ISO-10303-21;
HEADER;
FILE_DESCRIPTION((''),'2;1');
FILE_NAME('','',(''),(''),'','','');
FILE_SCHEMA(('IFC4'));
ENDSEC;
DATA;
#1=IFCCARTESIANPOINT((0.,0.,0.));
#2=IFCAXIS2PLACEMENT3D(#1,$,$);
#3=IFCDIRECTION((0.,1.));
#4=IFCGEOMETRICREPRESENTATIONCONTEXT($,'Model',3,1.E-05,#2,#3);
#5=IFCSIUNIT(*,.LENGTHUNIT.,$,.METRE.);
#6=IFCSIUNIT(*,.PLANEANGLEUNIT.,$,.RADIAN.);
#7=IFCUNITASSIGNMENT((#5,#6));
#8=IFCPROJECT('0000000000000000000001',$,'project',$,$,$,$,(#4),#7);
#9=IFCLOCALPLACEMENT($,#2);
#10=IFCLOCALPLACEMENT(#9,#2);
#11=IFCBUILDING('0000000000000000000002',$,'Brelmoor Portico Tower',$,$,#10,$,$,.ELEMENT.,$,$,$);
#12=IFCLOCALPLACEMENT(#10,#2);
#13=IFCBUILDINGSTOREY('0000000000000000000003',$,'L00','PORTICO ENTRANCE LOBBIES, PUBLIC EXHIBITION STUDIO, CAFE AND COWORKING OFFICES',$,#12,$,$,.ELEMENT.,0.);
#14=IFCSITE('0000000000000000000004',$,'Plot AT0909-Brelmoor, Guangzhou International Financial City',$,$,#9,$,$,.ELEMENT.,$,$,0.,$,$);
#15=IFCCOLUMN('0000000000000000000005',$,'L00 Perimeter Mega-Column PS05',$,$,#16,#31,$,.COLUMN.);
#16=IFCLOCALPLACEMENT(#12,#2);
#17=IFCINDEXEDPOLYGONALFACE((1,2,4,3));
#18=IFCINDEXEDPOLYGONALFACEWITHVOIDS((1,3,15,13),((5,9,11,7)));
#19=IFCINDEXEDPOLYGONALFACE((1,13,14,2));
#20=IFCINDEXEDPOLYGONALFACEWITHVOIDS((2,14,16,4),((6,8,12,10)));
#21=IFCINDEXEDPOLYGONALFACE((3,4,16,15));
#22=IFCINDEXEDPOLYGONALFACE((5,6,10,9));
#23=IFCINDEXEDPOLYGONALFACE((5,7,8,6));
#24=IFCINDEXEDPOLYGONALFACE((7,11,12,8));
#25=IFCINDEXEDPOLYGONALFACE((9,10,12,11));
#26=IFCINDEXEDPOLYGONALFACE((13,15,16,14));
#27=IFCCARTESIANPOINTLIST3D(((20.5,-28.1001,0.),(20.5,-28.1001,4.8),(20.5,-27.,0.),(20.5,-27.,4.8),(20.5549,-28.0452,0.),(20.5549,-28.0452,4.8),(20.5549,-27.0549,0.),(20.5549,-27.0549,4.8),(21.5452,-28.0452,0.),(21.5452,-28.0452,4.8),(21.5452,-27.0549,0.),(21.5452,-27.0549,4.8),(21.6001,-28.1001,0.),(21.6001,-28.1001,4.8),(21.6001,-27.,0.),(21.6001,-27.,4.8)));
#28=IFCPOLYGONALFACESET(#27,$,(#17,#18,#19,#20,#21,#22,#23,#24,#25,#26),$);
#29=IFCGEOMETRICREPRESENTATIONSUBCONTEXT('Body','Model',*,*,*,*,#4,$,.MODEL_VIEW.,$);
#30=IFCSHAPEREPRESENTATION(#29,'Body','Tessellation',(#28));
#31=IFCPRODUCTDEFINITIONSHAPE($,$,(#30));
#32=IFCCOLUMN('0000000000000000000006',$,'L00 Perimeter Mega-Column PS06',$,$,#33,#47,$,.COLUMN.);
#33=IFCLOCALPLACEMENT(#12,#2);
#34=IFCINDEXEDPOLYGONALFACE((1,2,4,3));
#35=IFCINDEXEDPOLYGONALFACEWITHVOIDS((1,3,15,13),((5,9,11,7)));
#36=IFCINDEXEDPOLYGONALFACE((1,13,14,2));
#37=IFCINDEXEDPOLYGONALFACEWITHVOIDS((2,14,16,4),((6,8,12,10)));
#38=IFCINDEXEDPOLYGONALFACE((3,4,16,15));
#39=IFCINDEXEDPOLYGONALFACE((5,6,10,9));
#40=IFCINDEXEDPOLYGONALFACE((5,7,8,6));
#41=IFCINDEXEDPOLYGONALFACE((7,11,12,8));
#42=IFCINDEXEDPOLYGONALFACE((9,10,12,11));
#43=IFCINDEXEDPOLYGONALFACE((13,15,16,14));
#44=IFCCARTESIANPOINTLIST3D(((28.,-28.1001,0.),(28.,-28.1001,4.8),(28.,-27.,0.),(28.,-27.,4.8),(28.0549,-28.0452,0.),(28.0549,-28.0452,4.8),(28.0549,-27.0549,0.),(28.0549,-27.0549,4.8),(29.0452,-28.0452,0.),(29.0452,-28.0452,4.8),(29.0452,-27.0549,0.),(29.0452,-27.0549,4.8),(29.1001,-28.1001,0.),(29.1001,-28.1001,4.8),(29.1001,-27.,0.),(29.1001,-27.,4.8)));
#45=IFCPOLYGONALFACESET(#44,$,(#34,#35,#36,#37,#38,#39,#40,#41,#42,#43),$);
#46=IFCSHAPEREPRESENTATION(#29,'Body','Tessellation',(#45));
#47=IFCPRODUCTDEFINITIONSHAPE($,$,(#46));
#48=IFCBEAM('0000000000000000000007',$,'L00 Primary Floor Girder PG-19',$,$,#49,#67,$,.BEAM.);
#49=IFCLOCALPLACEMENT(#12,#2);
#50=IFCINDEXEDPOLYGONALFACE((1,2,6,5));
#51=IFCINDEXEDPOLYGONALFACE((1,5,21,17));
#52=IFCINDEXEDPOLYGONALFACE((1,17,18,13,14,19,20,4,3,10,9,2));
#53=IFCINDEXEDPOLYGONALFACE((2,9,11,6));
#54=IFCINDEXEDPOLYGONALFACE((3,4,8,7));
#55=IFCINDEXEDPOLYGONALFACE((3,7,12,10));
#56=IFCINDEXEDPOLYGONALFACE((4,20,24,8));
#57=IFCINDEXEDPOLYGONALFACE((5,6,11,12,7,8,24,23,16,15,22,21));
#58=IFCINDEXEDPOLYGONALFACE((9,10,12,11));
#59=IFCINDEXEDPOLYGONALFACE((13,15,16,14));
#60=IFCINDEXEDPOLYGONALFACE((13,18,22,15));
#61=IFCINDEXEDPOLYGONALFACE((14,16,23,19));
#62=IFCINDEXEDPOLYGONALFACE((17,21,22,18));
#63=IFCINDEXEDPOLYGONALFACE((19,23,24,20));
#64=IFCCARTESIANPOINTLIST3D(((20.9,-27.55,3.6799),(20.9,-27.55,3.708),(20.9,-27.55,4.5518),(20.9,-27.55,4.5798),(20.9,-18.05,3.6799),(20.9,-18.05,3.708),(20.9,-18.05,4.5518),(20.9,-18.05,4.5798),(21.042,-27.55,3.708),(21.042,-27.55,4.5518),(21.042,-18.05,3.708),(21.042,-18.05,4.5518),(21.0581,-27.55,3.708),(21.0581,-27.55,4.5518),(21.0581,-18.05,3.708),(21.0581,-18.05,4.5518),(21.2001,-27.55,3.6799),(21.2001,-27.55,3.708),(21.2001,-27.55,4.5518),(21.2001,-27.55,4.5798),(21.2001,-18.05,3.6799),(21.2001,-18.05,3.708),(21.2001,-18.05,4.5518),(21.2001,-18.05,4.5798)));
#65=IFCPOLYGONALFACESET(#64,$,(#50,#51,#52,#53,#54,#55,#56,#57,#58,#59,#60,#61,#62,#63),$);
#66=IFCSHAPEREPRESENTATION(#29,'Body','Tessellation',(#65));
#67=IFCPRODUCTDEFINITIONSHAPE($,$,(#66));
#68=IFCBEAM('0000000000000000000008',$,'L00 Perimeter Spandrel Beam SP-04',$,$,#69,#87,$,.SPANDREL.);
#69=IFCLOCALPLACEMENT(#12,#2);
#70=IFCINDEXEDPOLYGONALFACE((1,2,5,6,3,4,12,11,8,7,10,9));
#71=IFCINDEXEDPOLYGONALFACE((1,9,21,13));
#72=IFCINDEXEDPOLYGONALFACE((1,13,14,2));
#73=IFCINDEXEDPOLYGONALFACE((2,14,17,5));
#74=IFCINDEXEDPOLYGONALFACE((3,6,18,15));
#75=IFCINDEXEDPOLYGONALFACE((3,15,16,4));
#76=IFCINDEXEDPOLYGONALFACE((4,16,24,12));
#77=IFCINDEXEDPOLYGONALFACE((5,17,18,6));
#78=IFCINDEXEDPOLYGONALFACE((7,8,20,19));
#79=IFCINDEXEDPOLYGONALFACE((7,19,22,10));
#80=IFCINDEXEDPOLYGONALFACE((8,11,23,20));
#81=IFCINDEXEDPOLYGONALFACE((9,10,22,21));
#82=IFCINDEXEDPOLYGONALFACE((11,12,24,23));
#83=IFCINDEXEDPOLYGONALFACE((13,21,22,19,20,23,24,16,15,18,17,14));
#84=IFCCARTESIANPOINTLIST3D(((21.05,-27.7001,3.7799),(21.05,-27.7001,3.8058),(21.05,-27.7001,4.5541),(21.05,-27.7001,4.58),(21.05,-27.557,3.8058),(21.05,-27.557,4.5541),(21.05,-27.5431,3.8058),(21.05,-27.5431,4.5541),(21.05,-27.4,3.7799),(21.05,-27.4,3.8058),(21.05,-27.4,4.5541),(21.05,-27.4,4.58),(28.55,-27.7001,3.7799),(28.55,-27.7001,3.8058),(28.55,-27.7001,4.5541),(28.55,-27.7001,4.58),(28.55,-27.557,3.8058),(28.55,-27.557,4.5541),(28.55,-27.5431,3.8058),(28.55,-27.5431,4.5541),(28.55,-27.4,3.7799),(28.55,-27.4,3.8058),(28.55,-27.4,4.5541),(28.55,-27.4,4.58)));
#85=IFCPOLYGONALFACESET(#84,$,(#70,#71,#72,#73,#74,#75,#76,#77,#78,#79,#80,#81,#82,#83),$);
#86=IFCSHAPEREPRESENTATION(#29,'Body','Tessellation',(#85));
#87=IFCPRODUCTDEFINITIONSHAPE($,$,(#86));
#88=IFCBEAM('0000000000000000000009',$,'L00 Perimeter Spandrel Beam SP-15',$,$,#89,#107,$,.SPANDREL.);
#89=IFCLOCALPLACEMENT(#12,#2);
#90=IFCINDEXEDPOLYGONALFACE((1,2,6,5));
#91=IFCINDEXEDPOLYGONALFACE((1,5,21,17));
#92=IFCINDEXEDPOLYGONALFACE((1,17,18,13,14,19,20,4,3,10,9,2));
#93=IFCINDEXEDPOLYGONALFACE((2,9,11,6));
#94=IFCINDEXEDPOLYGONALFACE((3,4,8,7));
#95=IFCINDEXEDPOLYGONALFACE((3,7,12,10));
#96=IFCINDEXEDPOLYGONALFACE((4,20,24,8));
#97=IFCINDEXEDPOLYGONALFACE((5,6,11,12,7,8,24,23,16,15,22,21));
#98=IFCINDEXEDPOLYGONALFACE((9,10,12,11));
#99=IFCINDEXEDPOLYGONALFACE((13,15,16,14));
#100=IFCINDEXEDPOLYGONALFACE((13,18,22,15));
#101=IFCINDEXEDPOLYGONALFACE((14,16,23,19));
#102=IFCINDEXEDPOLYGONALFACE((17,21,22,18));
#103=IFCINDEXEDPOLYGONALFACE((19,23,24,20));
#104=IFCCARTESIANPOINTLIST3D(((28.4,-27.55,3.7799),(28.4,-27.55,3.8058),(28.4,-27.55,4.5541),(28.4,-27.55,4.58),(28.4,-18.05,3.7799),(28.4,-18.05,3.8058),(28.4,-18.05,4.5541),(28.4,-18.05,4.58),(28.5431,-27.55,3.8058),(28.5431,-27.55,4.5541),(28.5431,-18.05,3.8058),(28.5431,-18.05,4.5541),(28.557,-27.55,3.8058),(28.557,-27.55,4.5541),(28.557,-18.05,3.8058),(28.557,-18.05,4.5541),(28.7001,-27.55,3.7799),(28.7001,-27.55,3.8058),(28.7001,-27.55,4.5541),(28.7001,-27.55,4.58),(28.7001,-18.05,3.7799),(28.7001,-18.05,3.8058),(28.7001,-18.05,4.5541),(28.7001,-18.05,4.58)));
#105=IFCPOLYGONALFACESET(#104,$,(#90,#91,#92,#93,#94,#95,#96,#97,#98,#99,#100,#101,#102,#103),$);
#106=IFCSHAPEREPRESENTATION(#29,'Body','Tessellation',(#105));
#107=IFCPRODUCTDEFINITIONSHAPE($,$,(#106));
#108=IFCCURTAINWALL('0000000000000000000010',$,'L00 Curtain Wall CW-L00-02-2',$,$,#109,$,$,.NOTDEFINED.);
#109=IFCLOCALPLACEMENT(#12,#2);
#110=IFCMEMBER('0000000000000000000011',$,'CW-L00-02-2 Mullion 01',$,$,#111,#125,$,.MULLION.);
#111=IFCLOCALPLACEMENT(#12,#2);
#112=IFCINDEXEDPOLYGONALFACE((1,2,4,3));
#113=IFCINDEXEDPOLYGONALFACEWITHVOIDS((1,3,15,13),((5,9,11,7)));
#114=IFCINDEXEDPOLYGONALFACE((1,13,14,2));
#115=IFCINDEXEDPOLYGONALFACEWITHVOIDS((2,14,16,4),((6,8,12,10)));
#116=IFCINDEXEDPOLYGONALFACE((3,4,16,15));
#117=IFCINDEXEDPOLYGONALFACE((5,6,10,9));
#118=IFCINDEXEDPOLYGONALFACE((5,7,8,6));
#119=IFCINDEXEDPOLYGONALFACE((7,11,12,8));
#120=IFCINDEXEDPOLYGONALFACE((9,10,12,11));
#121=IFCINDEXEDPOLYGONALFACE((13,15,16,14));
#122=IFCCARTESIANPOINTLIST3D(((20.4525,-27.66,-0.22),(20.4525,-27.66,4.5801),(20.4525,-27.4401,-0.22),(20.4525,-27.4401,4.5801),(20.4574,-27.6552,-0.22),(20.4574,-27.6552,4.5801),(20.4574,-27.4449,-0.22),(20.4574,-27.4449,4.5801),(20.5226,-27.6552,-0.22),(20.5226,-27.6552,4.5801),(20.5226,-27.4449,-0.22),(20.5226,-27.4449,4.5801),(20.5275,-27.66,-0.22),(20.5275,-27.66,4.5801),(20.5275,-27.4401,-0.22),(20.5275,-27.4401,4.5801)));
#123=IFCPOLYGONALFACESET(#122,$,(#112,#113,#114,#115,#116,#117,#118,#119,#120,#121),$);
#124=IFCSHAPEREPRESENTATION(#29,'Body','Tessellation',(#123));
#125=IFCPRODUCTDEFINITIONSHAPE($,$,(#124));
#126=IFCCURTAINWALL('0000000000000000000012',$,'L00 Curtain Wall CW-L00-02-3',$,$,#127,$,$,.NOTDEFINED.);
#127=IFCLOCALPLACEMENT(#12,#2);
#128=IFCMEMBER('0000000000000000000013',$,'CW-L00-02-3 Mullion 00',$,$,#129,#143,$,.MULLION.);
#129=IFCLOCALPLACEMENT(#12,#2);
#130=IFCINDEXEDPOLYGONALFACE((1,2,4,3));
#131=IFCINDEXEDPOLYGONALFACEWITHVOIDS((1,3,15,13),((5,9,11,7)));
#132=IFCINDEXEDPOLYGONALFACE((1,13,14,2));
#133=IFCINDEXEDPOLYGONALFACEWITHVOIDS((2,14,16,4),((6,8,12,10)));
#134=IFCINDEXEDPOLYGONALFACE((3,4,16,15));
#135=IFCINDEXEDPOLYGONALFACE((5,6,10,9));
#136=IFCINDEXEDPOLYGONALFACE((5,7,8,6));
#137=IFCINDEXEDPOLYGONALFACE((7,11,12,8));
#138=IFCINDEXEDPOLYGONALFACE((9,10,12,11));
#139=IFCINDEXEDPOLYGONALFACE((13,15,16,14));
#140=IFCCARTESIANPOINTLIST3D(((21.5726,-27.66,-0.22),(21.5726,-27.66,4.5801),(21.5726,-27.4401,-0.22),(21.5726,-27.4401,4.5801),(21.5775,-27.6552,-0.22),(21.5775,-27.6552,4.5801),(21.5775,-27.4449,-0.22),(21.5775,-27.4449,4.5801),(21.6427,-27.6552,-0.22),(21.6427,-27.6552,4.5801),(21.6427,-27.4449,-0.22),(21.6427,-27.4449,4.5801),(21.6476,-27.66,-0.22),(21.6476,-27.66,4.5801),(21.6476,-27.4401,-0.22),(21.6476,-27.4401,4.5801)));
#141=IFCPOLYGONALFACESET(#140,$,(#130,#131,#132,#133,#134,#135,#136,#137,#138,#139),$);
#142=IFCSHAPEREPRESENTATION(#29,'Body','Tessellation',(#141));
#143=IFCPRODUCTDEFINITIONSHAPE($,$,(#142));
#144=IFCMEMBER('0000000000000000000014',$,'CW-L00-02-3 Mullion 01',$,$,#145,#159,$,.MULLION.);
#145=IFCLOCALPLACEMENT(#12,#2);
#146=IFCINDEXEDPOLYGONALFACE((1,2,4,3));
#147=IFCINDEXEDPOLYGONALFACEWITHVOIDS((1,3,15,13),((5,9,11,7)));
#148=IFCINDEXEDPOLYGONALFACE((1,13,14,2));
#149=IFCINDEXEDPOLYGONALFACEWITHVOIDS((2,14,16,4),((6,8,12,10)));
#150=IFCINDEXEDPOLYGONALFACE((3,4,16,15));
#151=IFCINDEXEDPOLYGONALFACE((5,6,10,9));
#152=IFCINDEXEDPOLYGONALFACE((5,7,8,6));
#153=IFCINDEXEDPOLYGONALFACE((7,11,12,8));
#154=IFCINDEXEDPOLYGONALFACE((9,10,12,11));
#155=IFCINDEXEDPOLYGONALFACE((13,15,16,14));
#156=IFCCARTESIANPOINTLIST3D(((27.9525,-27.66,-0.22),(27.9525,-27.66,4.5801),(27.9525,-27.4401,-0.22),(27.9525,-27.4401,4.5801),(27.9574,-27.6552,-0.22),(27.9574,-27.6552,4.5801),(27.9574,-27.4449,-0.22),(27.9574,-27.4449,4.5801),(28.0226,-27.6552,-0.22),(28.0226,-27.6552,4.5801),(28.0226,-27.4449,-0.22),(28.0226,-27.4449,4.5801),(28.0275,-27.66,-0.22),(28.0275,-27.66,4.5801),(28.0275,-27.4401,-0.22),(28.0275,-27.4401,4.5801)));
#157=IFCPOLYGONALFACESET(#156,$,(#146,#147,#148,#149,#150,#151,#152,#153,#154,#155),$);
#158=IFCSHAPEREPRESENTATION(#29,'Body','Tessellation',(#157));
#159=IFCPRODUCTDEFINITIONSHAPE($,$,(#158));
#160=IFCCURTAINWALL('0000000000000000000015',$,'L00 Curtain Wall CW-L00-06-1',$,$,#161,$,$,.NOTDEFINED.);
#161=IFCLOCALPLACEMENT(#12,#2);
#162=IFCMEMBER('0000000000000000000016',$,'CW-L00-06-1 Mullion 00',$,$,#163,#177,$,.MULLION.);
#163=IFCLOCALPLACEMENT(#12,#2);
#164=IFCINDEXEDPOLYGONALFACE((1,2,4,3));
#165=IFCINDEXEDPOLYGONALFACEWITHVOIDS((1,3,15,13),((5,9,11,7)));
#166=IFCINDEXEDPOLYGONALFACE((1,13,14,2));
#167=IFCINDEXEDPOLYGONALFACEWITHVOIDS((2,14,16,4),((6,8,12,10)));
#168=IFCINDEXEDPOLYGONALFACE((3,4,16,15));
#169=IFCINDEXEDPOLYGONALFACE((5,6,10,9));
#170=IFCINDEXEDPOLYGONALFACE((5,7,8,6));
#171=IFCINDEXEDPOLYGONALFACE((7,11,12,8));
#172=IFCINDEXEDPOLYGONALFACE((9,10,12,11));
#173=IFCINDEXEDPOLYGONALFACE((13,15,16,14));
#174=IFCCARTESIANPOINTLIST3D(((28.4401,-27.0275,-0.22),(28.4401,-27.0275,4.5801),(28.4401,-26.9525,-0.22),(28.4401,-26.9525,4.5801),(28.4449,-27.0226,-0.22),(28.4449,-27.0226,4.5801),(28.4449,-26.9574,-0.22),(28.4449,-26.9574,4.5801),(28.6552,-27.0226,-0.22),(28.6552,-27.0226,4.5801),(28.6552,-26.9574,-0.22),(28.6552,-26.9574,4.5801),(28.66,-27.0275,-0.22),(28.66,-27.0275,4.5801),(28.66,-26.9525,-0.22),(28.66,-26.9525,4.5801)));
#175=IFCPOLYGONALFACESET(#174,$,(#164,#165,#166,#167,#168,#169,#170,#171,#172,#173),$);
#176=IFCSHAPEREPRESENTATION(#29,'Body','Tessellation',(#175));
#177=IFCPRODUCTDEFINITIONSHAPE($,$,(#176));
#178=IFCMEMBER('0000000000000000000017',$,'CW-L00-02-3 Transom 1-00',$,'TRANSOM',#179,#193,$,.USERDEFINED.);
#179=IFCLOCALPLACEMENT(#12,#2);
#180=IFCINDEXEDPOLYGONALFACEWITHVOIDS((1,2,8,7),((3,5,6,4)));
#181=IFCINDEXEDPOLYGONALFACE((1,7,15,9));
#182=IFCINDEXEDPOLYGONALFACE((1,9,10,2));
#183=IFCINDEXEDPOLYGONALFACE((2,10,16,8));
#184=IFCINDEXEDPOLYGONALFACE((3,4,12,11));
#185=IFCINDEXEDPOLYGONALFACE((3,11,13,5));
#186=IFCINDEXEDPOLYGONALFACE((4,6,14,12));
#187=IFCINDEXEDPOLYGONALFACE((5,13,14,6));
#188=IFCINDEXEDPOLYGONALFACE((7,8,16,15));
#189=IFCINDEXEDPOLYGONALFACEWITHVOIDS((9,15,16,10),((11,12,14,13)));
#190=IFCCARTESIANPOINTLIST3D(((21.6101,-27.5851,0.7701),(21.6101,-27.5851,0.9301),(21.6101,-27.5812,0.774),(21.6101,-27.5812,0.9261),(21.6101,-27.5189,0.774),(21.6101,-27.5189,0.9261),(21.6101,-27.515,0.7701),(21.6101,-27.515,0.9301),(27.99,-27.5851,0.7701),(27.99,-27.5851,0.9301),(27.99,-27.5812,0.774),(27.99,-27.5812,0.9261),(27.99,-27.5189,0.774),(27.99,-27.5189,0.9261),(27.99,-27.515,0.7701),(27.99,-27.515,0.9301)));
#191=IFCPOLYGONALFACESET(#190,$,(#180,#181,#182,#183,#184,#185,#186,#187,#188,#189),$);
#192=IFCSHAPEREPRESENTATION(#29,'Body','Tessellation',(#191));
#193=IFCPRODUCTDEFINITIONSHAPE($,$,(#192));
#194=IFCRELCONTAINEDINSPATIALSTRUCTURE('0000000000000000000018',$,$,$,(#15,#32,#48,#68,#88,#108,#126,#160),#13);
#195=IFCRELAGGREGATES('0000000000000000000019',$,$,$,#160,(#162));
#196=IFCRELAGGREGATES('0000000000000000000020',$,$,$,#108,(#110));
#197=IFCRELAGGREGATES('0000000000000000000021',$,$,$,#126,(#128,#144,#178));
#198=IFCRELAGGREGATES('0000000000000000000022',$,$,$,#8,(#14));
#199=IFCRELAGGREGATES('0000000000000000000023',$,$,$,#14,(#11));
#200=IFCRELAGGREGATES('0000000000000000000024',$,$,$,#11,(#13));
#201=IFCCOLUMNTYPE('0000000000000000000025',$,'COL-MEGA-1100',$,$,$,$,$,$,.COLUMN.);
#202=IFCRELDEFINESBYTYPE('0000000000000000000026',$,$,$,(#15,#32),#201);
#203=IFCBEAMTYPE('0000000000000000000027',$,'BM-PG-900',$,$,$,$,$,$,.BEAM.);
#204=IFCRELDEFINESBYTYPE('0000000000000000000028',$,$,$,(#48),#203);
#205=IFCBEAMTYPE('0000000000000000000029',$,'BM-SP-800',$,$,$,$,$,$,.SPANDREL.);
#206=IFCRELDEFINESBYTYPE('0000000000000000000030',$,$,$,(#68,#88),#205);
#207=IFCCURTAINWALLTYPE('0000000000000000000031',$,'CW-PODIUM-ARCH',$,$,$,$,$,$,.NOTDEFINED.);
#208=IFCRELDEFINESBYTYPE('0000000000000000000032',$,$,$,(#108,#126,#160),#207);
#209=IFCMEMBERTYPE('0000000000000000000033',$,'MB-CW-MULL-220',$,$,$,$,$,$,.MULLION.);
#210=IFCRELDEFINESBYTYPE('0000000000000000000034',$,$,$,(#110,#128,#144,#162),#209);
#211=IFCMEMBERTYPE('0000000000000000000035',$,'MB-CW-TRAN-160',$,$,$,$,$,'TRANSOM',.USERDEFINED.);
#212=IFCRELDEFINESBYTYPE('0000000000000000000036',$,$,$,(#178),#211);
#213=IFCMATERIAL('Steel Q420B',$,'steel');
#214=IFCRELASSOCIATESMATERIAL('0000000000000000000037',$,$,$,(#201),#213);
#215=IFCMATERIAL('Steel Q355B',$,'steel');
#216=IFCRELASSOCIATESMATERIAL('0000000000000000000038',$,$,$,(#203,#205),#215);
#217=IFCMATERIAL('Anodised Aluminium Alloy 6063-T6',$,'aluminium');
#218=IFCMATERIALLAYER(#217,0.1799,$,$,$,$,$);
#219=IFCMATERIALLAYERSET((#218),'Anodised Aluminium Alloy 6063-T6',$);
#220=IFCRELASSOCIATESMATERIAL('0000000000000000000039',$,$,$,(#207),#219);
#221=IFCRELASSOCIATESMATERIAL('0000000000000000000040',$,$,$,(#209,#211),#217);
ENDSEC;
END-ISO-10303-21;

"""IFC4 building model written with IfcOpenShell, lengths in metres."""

from ifc_helpers import new_model, si_unit, direction, frame, origin, origin_2d, place, context, subcontext, project, spatial, hollow_rectangle, i_section, extrude, material, layer, layer_set, material_profile, profile_set, type_object, element, aggregate, save


model = new_model("IFC4")

# Units and contexts
model_context = context("Model", 3, precision=1e-05, world=origin(), true_north=direction((0.0, 1.0)))
body_context = subcontext(model_context, "Body", "Model", "MODEL_VIEW")
ifc_project = project(units=[si_unit("LENGTHUNIT", "METRE"), si_unit("PLANEANGLEUNIT", "RADIAN")], contexts=[model_context])

# Site, building, storey
site_placement = place(None, origin())
site = spatial("IfcSite", under=ifc_project, at=site_placement, Name="Plot AT0909-Brelmoor, Guangzhou International Financial City", CompositionType="ELEMENT", RefElevation=0.0)
building_placement = place(site_placement, origin())
building = spatial("IfcBuilding", under=site, at=building_placement, Name="Brelmoor Portico Tower", CompositionType="ELEMENT")
storey_placement = place(building_placement, origin())
storey = spatial("IfcBuildingStorey", under=building, at=storey_placement, Name="L00", Description="PORTICO ENTRANCE LOBBIES, PUBLIC EXHIBITION STUDIO, CAFE AND COWORKING OFFICES", CompositionType="ELEMENT", Elevation=0.0)

# Columns
ifc_material_1 = material(Name="Steel Q420B", Category="steel")
ifc_material_profile_1 = material_profile(ifc_material_1, hollow_rectangle(XDim=1.1001, YDim=1.1001, WallThickness=0.0549, at=origin_2d()), Name="BOX 1100x1100x55")
ifc_profile_set_1 = profile_set([ifc_material_profile_1], Name="Steel Q420B")
column_type = type_object("IfcColumnType", Name="COL-MEGA-1100", PredefinedType="COLUMN", material=ifc_profile_set_1)
for number, where, z_axis, x_axis, name in (
    (1, (21.05, -27.55, 0.0), (0.0, 0.0, 1.0), (1.0, 0.0, 0.0), "L00 Perimeter Mega-Column PS05"),
    (2, (28.55, -27.55, 0.0), (0.0, 0.0, 1.0), (1.0, 0.0, 0.0), "L00 Perimeter Mega-Column PS06"),
):
    element("IfcColumn", number, at=place(storey_placement, frame(where, z_axis=z_axis, x_axis=x_axis)), inside=storey, type_object=column_type, Name=name, PredefinedType="COLUMN", context=body_context, shape_type="SweptSolid", body=[
        extrude(hollow_rectangle(XDim=1.1001, YDim=1.1001, WallThickness=0.0549, at=origin_2d()), origin(), (0.0, 0.0, 1.0), 4.8),
    ])

# Beams
ifc_material_2 = material(Name="Steel Q355B", Category="steel")
ifc_material_profile_2 = material_profile(ifc_material_2, i_section(OverallWidth=0.3, OverallDepth=0.8999, WebThickness=0.0161, FlangeThickness=0.0281, at=origin_2d()), Name="HN 900x300x16x28")
ifc_profile_set_2 = profile_set([ifc_material_profile_2], Name="Steel Q355B")
beam_type_1 = type_object("IfcBeamType", Name="BM-PG-900", PredefinedType="BEAM", material=ifc_profile_set_2)
beam_1_placement = place(storey_placement, frame((21.05, -27.55, 4.1299), z_axis=(0.0, 1.0, 0.0), x_axis=(-1.0, 0.0, 0.0)))
element("IfcBeam", 3, at=beam_1_placement, inside=storey, type_object=beam_type_1, Name="L00 Primary Floor Girder PG-19", PredefinedType="BEAM", context=body_context, shape_type="SweptSolid", body=[
    extrude(i_section(OverallWidth=0.3, OverallDepth=0.8999, WebThickness=0.0161, FlangeThickness=0.0281, at=origin_2d()), origin(), (0.0, 0.0, 1.0), 9.5),
])
ifc_material_profile_3 = material_profile(ifc_material_2, i_section(OverallWidth=0.3, OverallDepth=0.8, WebThickness=0.0139, FlangeThickness=0.0259, at=origin_2d()), Name="HN 800x300x14x26")
ifc_profile_set_3 = profile_set([ifc_material_profile_3], Name="Steel Q355B")
beam_type_2 = type_object("IfcBeamType", Name="BM-SP-800", PredefinedType="SPANDREL", material=ifc_profile_set_3)
beam_2_placement = place(storey_placement, frame((21.05, -27.55, 4.1799), z_axis=(1.0, 0.0, 0.0), x_axis=(0.0, 1.0, 0.0)))
element("IfcBeam", 4, at=beam_2_placement, inside=storey, type_object=beam_type_2, Name="L00 Perimeter Spandrel Beam SP-04", PredefinedType="SPANDREL", context=body_context, shape_type="SweptSolid", body=[
    extrude(i_section(OverallWidth=0.3, OverallDepth=0.8, WebThickness=0.0139, FlangeThickness=0.0259, at=origin_2d()), origin(), (0.0, 0.0, 1.0), 7.5),
])
beam_3_placement = place(storey_placement, frame((28.55, -27.55, 4.1799), z_axis=(0.0, 1.0, 0.0), x_axis=(-1.0, 0.0, 0.0)))
element("IfcBeam", 5, at=beam_3_placement, inside=storey, type_object=beam_type_2, Name="L00 Perimeter Spandrel Beam SP-15", PredefinedType="SPANDREL", context=body_context, shape_type="SweptSolid", body=[
    extrude(i_section(OverallWidth=0.3, OverallDepth=0.8, WebThickness=0.0139, FlangeThickness=0.0259, at=origin_2d()), origin(), (0.0, 0.0, 1.0), 9.5),
])

# Curtain wall, member
ifc_material_3 = material(Name="Anodised Aluminium Alloy 6063-T6", Category="aluminium")
ifc_layer_1 = layer(ifc_material_3, 0.1799)
ifc_layer_set_1 = layer_set([ifc_layer_1], Name="Anodised Aluminium Alloy 6063-T6")
curtain_wall_type = type_object("IfcCurtainWallType", Name="CW-PODIUM-ARCH", PredefinedType="NOTDEFINED", material=ifc_layer_set_1)
curtain_wall_1_placement = place(storey_placement, origin())
curtain_wall_1 = element("IfcCurtainWall", 6, at=curtain_wall_1_placement, inside=storey, type_object=curtain_wall_type, Name="L00 Curtain Wall CW-L00-02-2", PredefinedType="NOTDEFINED")
ifc_material_profile_4 = material_profile(ifc_material_3, hollow_rectangle(XDim=0.075, YDim=0.22, WallThickness=0.0049, at=origin_2d()), Name="ALU MULLION 75x220")
ifc_profile_set_4 = profile_set([ifc_material_profile_4], Name="Anodised Aluminium Alloy 6063-T6")
member_type_1 = type_object("IfcMemberType", Name="MB-CW-MULL-220", PredefinedType="MULLION", material=ifc_profile_set_4)
member_1_placement = place(storey_placement, frame((20.49, -27.55, -0.22), z_axis=(0.0, 0.0, 1.0), x_axis=(1.0, 0.0, 0.0)))
member_1 = element("IfcMember", 7, at=member_1_placement, type_object=member_type_1, Name="CW-L00-02-2 Mullion 01", PredefinedType="MULLION", context=body_context, shape_type="SweptSolid", body=[
    extrude(hollow_rectangle(XDim=0.075, YDim=0.22, WallThickness=0.0049, at=origin_2d()), origin(), (0.0, 0.0, 1.0), 4.8),
])

# Curtain wall, members
curtain_wall_2_placement = place(storey_placement, origin())
curtain_wall_2 = element("IfcCurtainWall", 8, at=curtain_wall_2_placement, inside=storey, type_object=curtain_wall_type, Name="L00 Curtain Wall CW-L00-02-3", PredefinedType="NOTDEFINED")
member_2_placement = place(storey_placement, frame((21.6101, -27.55, -0.22), z_axis=(0.0, 0.0, 1.0), x_axis=(1.0, 0.0, 0.0)))
member_2 = element("IfcMember", 9, at=member_2_placement, type_object=member_type_1, Name="CW-L00-02-3 Mullion 00", PredefinedType="MULLION", context=body_context, shape_type="SweptSolid", body=[
    extrude(hollow_rectangle(XDim=0.075, YDim=0.22, WallThickness=0.0049, at=origin_2d()), origin(), (0.0, 0.0, 1.0), 4.8),
])
member_3_placement = place(storey_placement, frame((27.99, -27.55, -0.22), z_axis=(0.0, 0.0, 1.0), x_axis=(1.0, 0.0, 0.0)))
member_3 = element("IfcMember", 10, at=member_3_placement, type_object=member_type_1, Name="CW-L00-02-3 Mullion 01", PredefinedType="MULLION", context=body_context, shape_type="SweptSolid", body=[
    extrude(hollow_rectangle(XDim=0.075, YDim=0.22, WallThickness=0.0049, at=origin_2d()), origin(), (0.0, 0.0, 1.0), 4.8),
])

# Curtain wall, member
curtain_wall_3_placement = place(storey_placement, origin())
curtain_wall_3 = element("IfcCurtainWall", 11, at=curtain_wall_3_placement, inside=storey, type_object=curtain_wall_type, Name="L00 Curtain Wall CW-L00-06-1", PredefinedType="NOTDEFINED")
member_4_placement = place(storey_placement, frame((28.55, -26.99, -0.22), z_axis=(0.0, 0.0, 1.0), x_axis=(0.0, 1.0, 0.0)))
member_4 = element("IfcMember", 12, at=member_4_placement, type_object=member_type_1, Name="CW-L00-06-1 Mullion 00", PredefinedType="MULLION", context=body_context, shape_type="SweptSolid", body=[
    extrude(hollow_rectangle(XDim=0.075, YDim=0.22, WallThickness=0.0049, at=origin_2d()), origin(), (0.0, 0.0, 1.0), 4.8),
])
aggregate(curtain_wall_3, [member_4])

# Member
ifc_material_profile_5 = material_profile(ifc_material_3, hollow_rectangle(XDim=0.0701, YDim=0.1599, WallThickness=0.0039, at=origin_2d()), Name="ALU TRANSOM 70x160")
ifc_profile_set_5 = profile_set([ifc_material_profile_5], Name="Anodised Aluminium Alloy 6063-T6")
member_type_2 = type_object("IfcMemberType", Name="MB-CW-TRAN-160", ElementType="TRANSOM", PredefinedType="USERDEFINED", material=ifc_profile_set_5)
member_5_placement = place(storey_placement, frame((21.6101, -27.55, 0.8501), z_axis=(1.0, 0.0, 0.0), x_axis=(0.0, 1.0, 0.0)))
member_5 = element("IfcMember", 13, at=member_5_placement, type_object=member_type_2, Name="CW-L00-02-3 Transom 1-00", ObjectType="TRANSOM", PredefinedType="USERDEFINED", context=body_context, shape_type="SweptSolid", body=[
    extrude(hollow_rectangle(XDim=0.0701, YDim=0.1599, WallThickness=0.0039, at=origin_2d()), origin(), (0.0, 0.0, 1.0), 6.3799),
])

aggregate(curtain_wall_1, [member_1])
aggregate(curtain_wall_2, [member_2, member_3, member_5])

save(model, "model.ifc")
